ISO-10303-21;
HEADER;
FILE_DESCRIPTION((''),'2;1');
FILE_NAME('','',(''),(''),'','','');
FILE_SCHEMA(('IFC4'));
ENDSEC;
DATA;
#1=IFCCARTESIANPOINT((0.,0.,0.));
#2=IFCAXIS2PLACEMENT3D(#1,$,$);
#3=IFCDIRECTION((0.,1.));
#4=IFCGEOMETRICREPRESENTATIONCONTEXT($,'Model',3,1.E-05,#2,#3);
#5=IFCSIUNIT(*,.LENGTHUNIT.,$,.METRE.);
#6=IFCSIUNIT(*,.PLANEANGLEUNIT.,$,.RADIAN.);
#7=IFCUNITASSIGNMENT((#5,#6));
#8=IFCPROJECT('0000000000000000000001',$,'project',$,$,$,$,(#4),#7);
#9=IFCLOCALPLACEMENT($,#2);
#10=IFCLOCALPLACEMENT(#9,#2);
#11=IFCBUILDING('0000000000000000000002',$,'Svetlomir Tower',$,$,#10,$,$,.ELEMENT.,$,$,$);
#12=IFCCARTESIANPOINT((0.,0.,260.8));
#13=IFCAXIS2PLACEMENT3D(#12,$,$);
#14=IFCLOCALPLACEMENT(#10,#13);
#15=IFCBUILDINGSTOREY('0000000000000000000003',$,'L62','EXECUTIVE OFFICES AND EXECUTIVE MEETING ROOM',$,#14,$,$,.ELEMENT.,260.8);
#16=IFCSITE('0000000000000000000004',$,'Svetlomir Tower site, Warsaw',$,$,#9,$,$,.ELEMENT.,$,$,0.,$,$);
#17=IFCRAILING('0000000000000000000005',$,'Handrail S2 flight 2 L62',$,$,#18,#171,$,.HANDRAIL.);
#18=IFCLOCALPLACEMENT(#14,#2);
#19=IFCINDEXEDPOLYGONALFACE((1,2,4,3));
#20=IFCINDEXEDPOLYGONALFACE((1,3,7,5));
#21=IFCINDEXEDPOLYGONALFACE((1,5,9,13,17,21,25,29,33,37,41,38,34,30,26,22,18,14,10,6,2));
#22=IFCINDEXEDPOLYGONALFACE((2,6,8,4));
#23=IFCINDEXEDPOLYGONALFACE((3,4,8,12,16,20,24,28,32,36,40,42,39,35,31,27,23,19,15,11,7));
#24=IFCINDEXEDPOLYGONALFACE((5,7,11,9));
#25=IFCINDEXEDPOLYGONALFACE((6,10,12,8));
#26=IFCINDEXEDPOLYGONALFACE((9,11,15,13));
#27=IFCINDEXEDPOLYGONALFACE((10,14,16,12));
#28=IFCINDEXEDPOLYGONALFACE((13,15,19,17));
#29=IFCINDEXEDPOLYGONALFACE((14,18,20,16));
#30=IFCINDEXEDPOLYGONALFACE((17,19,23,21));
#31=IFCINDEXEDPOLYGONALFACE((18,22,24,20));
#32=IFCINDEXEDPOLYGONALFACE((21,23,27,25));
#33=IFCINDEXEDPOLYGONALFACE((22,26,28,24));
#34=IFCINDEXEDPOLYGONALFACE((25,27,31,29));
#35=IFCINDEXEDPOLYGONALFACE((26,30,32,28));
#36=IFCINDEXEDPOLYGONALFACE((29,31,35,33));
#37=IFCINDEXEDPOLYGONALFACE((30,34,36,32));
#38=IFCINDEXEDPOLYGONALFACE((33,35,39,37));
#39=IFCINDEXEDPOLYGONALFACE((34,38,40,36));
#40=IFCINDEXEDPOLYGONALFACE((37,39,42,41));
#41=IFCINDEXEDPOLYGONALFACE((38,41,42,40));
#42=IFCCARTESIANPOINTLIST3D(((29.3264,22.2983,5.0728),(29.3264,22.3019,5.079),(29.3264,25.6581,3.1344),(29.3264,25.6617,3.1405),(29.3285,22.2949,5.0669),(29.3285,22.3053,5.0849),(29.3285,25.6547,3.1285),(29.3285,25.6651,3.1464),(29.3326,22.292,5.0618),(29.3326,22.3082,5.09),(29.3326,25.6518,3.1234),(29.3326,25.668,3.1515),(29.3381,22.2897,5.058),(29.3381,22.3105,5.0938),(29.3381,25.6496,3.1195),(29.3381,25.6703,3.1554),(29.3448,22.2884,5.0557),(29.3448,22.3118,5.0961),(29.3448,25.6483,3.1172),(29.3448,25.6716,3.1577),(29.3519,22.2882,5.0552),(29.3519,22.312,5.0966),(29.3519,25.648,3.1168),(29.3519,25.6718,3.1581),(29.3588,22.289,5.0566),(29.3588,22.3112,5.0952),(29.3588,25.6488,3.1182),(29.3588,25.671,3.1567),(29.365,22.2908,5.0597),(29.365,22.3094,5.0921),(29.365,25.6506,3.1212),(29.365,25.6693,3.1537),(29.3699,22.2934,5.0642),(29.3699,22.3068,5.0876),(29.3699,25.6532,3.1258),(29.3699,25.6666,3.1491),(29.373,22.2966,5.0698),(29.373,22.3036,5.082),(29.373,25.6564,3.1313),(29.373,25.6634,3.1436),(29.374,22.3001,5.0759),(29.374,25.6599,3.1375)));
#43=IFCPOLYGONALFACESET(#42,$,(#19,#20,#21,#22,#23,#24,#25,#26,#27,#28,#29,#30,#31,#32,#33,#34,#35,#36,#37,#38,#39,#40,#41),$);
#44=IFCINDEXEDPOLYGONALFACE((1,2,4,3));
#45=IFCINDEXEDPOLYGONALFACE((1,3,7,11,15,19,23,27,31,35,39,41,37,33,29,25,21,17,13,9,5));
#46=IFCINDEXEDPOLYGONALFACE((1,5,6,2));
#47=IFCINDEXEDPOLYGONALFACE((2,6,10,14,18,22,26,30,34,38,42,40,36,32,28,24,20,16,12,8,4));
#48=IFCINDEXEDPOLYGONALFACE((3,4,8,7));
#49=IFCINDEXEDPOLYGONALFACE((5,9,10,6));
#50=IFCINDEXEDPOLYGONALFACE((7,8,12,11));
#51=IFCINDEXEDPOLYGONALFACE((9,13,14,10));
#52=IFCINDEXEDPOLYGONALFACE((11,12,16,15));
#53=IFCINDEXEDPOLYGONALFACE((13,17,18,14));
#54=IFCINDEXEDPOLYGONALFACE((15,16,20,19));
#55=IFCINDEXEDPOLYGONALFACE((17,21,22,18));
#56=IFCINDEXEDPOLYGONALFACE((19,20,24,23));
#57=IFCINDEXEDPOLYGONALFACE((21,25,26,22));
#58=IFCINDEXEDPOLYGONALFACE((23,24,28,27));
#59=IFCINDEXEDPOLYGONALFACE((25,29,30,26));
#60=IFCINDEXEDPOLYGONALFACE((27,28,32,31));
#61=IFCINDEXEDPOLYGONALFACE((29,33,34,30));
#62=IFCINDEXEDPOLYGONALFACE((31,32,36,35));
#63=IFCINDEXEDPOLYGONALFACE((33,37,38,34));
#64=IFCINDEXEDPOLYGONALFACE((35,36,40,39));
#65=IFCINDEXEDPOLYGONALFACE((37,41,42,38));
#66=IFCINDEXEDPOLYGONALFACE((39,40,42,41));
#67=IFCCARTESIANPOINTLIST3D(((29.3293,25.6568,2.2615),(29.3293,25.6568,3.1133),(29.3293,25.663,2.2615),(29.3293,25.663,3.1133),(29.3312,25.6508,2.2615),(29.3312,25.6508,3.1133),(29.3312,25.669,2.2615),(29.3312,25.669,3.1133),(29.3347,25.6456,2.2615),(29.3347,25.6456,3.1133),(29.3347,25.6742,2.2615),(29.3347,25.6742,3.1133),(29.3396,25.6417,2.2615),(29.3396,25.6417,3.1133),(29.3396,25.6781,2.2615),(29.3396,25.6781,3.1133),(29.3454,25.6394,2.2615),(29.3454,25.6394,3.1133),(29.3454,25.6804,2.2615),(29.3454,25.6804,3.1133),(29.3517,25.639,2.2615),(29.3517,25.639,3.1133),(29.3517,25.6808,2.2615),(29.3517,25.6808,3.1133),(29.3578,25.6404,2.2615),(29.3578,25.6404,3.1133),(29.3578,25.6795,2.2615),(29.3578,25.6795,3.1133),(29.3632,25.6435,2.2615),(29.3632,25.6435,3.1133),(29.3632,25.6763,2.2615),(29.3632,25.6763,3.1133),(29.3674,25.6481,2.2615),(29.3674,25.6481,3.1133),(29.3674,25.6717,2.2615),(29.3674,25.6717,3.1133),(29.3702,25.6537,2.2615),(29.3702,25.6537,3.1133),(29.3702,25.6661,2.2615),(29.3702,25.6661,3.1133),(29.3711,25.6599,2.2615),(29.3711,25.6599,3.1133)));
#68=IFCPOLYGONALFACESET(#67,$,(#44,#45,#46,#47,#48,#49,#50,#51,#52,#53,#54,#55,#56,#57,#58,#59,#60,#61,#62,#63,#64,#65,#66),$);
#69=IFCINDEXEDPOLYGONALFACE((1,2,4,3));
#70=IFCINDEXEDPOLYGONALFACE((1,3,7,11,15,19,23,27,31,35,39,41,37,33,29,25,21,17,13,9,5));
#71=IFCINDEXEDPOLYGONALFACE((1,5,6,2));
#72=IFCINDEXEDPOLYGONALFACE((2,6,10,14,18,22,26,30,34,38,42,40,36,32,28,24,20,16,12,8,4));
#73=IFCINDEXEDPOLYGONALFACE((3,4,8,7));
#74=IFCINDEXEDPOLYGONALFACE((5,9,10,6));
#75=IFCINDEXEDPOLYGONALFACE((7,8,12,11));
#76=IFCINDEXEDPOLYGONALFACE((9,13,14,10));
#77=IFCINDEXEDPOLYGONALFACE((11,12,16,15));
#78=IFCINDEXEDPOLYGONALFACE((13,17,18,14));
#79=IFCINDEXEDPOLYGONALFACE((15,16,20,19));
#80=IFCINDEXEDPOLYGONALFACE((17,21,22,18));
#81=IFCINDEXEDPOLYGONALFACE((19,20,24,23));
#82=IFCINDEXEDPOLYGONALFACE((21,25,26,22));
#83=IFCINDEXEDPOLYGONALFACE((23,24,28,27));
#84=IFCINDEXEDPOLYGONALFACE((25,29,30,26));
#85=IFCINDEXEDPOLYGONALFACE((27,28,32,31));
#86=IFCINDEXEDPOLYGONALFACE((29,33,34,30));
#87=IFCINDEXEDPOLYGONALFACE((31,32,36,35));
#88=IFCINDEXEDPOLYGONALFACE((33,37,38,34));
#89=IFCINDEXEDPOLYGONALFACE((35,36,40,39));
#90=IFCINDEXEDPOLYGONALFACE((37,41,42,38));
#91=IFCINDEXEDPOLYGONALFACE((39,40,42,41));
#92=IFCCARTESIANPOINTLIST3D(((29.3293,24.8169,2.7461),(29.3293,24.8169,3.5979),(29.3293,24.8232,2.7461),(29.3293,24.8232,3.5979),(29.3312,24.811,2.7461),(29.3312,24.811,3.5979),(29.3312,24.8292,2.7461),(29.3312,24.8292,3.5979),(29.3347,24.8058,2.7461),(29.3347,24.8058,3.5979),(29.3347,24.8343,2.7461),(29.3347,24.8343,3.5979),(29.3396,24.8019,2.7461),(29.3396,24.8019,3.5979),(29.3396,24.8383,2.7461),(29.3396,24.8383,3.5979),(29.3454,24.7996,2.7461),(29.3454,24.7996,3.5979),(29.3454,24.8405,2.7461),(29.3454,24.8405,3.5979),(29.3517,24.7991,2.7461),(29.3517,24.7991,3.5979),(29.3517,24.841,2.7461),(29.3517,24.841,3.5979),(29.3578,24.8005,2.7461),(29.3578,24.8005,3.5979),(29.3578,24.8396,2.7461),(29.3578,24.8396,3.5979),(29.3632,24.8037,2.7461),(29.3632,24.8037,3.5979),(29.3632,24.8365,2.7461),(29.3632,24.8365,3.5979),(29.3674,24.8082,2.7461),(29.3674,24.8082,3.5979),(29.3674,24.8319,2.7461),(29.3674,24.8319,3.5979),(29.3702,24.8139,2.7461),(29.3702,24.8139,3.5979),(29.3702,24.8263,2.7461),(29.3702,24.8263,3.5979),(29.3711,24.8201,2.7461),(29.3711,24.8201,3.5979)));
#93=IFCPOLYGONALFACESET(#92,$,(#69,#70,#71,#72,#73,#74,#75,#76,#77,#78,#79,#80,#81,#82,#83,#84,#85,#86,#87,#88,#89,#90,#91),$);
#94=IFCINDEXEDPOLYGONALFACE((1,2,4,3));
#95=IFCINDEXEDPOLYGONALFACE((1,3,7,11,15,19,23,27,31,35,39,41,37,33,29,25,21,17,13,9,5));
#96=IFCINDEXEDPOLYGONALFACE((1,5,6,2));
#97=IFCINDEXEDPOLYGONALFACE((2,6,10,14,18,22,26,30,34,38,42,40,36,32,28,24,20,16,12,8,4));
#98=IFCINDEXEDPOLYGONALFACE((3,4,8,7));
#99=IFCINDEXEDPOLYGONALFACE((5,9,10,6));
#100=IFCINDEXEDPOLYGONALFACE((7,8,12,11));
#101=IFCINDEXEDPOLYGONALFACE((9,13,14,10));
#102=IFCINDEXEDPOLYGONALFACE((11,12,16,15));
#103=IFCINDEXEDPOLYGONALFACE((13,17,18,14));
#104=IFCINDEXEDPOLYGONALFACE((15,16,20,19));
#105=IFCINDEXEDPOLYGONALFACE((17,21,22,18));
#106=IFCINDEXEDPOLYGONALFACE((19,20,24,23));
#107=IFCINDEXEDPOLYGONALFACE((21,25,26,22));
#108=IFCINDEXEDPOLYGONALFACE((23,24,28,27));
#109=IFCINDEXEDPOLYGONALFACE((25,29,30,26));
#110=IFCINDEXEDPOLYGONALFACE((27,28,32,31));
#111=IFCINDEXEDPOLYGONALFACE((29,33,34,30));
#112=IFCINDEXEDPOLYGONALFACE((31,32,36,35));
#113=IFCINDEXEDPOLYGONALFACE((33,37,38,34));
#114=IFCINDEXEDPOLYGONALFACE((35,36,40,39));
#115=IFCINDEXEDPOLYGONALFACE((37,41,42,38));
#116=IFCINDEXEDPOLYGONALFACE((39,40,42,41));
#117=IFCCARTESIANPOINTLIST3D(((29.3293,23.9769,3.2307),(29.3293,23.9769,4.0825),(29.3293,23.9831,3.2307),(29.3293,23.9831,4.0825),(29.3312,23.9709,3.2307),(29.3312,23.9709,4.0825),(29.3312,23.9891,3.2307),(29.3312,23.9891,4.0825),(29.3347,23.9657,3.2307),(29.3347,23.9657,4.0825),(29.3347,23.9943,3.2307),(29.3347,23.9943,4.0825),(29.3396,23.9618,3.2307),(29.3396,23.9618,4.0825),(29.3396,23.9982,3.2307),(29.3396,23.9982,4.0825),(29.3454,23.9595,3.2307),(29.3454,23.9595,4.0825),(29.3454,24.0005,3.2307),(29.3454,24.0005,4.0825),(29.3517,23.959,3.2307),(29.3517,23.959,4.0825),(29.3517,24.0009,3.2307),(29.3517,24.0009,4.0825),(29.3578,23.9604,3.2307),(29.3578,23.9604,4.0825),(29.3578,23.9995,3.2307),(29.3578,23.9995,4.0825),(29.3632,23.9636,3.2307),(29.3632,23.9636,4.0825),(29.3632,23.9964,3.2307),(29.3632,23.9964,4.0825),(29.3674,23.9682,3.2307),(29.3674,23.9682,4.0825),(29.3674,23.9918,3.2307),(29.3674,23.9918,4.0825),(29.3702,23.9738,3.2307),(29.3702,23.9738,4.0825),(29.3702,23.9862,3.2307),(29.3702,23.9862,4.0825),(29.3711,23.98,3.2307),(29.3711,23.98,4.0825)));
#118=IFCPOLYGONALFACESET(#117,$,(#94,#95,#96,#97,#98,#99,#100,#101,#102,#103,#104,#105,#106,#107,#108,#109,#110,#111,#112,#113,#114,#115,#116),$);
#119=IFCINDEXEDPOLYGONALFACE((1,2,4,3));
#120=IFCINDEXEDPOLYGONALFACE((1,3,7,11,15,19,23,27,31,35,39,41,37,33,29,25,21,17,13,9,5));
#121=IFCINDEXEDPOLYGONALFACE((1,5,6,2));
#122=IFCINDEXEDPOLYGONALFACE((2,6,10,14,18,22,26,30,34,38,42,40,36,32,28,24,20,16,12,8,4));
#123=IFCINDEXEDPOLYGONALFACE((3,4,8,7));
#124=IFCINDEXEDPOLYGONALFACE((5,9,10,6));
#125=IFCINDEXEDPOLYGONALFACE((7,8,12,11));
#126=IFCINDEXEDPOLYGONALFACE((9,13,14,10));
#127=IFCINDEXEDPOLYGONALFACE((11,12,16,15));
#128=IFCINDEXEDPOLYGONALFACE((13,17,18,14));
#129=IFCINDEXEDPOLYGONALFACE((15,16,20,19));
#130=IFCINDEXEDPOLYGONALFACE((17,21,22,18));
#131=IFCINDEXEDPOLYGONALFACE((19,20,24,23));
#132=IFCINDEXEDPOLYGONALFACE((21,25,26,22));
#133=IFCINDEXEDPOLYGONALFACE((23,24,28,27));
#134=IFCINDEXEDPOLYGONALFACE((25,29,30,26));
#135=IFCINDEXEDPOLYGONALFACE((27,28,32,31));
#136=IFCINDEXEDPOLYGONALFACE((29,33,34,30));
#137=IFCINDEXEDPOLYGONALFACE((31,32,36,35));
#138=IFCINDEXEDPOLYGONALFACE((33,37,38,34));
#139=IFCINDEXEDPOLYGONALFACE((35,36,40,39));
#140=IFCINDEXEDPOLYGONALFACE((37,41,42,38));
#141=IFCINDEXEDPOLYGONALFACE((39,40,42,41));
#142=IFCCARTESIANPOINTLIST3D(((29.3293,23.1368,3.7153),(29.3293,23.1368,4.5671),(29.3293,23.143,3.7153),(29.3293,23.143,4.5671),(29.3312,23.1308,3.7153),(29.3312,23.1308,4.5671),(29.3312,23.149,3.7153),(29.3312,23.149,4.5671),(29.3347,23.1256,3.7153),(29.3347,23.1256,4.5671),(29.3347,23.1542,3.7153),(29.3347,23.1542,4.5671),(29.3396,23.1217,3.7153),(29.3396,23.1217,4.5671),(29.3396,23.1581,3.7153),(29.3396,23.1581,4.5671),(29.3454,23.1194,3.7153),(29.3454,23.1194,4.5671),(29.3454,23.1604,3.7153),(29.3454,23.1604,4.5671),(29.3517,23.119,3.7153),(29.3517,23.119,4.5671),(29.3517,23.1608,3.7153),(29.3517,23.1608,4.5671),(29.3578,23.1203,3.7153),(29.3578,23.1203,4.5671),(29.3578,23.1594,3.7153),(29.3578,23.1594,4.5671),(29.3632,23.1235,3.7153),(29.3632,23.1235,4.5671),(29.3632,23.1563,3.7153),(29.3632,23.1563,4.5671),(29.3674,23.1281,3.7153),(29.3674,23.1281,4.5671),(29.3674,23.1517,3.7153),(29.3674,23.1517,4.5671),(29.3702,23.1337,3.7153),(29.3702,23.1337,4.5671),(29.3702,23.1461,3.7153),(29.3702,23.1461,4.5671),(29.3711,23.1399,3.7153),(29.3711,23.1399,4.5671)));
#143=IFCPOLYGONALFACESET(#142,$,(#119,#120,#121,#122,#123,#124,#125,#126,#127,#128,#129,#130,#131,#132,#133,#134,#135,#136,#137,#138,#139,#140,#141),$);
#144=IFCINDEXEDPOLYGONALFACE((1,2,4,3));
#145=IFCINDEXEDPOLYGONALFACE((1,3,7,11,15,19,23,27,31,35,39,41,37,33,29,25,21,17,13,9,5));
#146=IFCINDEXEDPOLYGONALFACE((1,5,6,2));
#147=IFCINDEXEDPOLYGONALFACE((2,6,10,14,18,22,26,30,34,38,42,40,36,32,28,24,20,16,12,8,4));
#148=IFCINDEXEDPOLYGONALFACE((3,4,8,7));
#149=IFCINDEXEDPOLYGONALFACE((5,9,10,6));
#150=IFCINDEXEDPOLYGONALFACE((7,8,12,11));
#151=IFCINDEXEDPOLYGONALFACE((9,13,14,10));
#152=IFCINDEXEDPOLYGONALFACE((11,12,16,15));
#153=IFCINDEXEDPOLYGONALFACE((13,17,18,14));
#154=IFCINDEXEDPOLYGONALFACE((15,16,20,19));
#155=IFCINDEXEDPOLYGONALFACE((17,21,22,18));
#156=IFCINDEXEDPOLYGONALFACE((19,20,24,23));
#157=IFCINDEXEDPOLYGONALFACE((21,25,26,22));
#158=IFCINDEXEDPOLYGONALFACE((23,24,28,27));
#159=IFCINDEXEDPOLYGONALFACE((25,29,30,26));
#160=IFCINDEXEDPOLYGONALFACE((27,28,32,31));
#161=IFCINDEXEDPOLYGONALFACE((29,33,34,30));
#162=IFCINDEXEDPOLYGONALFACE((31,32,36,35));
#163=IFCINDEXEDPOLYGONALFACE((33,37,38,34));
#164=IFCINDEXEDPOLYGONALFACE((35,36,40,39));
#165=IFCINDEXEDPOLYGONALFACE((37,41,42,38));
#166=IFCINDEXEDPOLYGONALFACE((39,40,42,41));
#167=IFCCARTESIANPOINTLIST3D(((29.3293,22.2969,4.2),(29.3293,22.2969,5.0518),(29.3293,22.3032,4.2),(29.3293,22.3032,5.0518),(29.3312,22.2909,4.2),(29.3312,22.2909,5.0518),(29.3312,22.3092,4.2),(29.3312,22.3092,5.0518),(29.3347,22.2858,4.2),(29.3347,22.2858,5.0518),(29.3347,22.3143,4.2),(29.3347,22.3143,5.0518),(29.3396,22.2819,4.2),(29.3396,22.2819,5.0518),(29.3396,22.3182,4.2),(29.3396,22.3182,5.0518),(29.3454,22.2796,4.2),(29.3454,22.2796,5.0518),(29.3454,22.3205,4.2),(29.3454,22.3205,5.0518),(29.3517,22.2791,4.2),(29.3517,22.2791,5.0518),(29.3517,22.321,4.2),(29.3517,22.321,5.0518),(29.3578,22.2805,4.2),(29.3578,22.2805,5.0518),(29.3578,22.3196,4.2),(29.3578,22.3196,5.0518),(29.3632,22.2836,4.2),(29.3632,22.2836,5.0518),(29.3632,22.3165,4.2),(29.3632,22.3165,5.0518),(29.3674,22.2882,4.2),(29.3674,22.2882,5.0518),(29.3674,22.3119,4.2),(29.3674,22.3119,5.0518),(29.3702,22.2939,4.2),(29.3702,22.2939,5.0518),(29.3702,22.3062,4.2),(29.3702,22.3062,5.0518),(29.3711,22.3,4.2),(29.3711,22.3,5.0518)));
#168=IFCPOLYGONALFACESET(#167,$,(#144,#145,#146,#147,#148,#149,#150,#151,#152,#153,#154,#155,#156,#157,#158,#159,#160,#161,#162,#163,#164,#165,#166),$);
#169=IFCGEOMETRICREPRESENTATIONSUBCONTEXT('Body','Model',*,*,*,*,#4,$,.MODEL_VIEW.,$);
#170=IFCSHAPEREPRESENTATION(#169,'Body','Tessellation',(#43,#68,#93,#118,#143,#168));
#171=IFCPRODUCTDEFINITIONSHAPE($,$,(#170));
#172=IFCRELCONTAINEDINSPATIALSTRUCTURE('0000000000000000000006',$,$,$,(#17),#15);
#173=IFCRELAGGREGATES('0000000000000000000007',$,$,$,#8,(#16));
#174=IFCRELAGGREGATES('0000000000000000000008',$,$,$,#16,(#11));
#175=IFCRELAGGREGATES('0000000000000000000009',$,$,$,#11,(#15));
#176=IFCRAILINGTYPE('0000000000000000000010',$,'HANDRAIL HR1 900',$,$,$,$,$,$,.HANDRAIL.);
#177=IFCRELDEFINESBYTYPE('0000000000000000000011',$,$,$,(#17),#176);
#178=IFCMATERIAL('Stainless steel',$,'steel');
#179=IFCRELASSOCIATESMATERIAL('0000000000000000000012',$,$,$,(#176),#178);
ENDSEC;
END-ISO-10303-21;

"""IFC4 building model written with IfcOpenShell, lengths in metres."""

from ifc_helpers import new_model, si_unit, direction, frame, origin, origin_2d, place, context, subcontext, project, spatial, circle, extrude, material, type_object, element, save


model = new_model("IFC4")

# Units and contexts
model_context = context("Model", 3, precision=1e-05, world=origin(), true_north=direction((0.0, 1.0)))
body_context = subcontext(model_context, "Body", "Model", "MODEL_VIEW")
ifc_project = project(units=[si_unit("LENGTHUNIT", "METRE"), si_unit("PLANEANGLEUNIT", "RADIAN")], contexts=[model_context])

# Site, building, storey
site_placement = place(None, origin())
site = spatial("IfcSite", under=ifc_project, at=site_placement, Name="Svetlomir Tower site, Warsaw", CompositionType="ELEMENT", RefElevation=0.0)
building_placement = place(site_placement, origin())
building = spatial("IfcBuilding", under=site, at=building_placement, Name="Svetlomir Tower", CompositionType="ELEMENT")
storey_placement = place(building_placement, frame((0.0, 0.0, 260.8)))
storey = spatial("IfcBuildingStorey", under=building, at=storey_placement, Name="L62", Description="EXECUTIVE OFFICES AND EXECUTIVE MEETING ROOM", CompositionType="ELEMENT", Elevation=260.8)

# Railing
ifc_material_1 = material(Name="Stainless steel", Category="steel")
railing_type = type_object("IfcRailingType", Name="HANDRAIL HR1 900", PredefinedType="HANDRAIL", material=ifc_material_1)
railing_1_placement = place(storey_placement, frame((29.3501, 25.6599, 2.2615)))
element("IfcRailing", 1, at=railing_1_placement, inside=storey, type_object=railing_type, Name="Handrail S2 flight 2 L62", PredefinedType="HANDRAIL", context=body_context, shape_type="SweptSolid", body=[
    extrude(circle(Radius=0.0239, at=origin_2d()), frame((0.0, 0.0, 0.876), z_axis=(0.0, -0.866175, 0.499741), x_axis=(1.0, 0.0, 0.0)), (0.0, 0.0, 1.0), 3.8789),
    extrude(circle(Radius=0.021, at=origin_2d()), origin(), (0.0, 0.0, 1.0), 0.8518),
    extrude(circle(Radius=0.021, at=origin_2d()), frame((0.0, -0.8398, 0.4846)), (0.0, 0.0, 1.0), 0.8518),
    extrude(circle(Radius=0.021, at=origin_2d()), frame((0.0, -1.6799, 0.9692)), (0.0, 0.0, 1.0), 0.8518),
    extrude(circle(Radius=0.021, at=origin_2d()), frame((0.0, -2.52, 1.4539)), (0.0, 0.0, 1.0), 0.8518),
    extrude(circle(Radius=0.021, at=origin_2d()), frame((0.0, -3.3599, 1.9385)), (0.0, 0.0, 1.0), 0.8518),
])

save(model, "model.ifc")
